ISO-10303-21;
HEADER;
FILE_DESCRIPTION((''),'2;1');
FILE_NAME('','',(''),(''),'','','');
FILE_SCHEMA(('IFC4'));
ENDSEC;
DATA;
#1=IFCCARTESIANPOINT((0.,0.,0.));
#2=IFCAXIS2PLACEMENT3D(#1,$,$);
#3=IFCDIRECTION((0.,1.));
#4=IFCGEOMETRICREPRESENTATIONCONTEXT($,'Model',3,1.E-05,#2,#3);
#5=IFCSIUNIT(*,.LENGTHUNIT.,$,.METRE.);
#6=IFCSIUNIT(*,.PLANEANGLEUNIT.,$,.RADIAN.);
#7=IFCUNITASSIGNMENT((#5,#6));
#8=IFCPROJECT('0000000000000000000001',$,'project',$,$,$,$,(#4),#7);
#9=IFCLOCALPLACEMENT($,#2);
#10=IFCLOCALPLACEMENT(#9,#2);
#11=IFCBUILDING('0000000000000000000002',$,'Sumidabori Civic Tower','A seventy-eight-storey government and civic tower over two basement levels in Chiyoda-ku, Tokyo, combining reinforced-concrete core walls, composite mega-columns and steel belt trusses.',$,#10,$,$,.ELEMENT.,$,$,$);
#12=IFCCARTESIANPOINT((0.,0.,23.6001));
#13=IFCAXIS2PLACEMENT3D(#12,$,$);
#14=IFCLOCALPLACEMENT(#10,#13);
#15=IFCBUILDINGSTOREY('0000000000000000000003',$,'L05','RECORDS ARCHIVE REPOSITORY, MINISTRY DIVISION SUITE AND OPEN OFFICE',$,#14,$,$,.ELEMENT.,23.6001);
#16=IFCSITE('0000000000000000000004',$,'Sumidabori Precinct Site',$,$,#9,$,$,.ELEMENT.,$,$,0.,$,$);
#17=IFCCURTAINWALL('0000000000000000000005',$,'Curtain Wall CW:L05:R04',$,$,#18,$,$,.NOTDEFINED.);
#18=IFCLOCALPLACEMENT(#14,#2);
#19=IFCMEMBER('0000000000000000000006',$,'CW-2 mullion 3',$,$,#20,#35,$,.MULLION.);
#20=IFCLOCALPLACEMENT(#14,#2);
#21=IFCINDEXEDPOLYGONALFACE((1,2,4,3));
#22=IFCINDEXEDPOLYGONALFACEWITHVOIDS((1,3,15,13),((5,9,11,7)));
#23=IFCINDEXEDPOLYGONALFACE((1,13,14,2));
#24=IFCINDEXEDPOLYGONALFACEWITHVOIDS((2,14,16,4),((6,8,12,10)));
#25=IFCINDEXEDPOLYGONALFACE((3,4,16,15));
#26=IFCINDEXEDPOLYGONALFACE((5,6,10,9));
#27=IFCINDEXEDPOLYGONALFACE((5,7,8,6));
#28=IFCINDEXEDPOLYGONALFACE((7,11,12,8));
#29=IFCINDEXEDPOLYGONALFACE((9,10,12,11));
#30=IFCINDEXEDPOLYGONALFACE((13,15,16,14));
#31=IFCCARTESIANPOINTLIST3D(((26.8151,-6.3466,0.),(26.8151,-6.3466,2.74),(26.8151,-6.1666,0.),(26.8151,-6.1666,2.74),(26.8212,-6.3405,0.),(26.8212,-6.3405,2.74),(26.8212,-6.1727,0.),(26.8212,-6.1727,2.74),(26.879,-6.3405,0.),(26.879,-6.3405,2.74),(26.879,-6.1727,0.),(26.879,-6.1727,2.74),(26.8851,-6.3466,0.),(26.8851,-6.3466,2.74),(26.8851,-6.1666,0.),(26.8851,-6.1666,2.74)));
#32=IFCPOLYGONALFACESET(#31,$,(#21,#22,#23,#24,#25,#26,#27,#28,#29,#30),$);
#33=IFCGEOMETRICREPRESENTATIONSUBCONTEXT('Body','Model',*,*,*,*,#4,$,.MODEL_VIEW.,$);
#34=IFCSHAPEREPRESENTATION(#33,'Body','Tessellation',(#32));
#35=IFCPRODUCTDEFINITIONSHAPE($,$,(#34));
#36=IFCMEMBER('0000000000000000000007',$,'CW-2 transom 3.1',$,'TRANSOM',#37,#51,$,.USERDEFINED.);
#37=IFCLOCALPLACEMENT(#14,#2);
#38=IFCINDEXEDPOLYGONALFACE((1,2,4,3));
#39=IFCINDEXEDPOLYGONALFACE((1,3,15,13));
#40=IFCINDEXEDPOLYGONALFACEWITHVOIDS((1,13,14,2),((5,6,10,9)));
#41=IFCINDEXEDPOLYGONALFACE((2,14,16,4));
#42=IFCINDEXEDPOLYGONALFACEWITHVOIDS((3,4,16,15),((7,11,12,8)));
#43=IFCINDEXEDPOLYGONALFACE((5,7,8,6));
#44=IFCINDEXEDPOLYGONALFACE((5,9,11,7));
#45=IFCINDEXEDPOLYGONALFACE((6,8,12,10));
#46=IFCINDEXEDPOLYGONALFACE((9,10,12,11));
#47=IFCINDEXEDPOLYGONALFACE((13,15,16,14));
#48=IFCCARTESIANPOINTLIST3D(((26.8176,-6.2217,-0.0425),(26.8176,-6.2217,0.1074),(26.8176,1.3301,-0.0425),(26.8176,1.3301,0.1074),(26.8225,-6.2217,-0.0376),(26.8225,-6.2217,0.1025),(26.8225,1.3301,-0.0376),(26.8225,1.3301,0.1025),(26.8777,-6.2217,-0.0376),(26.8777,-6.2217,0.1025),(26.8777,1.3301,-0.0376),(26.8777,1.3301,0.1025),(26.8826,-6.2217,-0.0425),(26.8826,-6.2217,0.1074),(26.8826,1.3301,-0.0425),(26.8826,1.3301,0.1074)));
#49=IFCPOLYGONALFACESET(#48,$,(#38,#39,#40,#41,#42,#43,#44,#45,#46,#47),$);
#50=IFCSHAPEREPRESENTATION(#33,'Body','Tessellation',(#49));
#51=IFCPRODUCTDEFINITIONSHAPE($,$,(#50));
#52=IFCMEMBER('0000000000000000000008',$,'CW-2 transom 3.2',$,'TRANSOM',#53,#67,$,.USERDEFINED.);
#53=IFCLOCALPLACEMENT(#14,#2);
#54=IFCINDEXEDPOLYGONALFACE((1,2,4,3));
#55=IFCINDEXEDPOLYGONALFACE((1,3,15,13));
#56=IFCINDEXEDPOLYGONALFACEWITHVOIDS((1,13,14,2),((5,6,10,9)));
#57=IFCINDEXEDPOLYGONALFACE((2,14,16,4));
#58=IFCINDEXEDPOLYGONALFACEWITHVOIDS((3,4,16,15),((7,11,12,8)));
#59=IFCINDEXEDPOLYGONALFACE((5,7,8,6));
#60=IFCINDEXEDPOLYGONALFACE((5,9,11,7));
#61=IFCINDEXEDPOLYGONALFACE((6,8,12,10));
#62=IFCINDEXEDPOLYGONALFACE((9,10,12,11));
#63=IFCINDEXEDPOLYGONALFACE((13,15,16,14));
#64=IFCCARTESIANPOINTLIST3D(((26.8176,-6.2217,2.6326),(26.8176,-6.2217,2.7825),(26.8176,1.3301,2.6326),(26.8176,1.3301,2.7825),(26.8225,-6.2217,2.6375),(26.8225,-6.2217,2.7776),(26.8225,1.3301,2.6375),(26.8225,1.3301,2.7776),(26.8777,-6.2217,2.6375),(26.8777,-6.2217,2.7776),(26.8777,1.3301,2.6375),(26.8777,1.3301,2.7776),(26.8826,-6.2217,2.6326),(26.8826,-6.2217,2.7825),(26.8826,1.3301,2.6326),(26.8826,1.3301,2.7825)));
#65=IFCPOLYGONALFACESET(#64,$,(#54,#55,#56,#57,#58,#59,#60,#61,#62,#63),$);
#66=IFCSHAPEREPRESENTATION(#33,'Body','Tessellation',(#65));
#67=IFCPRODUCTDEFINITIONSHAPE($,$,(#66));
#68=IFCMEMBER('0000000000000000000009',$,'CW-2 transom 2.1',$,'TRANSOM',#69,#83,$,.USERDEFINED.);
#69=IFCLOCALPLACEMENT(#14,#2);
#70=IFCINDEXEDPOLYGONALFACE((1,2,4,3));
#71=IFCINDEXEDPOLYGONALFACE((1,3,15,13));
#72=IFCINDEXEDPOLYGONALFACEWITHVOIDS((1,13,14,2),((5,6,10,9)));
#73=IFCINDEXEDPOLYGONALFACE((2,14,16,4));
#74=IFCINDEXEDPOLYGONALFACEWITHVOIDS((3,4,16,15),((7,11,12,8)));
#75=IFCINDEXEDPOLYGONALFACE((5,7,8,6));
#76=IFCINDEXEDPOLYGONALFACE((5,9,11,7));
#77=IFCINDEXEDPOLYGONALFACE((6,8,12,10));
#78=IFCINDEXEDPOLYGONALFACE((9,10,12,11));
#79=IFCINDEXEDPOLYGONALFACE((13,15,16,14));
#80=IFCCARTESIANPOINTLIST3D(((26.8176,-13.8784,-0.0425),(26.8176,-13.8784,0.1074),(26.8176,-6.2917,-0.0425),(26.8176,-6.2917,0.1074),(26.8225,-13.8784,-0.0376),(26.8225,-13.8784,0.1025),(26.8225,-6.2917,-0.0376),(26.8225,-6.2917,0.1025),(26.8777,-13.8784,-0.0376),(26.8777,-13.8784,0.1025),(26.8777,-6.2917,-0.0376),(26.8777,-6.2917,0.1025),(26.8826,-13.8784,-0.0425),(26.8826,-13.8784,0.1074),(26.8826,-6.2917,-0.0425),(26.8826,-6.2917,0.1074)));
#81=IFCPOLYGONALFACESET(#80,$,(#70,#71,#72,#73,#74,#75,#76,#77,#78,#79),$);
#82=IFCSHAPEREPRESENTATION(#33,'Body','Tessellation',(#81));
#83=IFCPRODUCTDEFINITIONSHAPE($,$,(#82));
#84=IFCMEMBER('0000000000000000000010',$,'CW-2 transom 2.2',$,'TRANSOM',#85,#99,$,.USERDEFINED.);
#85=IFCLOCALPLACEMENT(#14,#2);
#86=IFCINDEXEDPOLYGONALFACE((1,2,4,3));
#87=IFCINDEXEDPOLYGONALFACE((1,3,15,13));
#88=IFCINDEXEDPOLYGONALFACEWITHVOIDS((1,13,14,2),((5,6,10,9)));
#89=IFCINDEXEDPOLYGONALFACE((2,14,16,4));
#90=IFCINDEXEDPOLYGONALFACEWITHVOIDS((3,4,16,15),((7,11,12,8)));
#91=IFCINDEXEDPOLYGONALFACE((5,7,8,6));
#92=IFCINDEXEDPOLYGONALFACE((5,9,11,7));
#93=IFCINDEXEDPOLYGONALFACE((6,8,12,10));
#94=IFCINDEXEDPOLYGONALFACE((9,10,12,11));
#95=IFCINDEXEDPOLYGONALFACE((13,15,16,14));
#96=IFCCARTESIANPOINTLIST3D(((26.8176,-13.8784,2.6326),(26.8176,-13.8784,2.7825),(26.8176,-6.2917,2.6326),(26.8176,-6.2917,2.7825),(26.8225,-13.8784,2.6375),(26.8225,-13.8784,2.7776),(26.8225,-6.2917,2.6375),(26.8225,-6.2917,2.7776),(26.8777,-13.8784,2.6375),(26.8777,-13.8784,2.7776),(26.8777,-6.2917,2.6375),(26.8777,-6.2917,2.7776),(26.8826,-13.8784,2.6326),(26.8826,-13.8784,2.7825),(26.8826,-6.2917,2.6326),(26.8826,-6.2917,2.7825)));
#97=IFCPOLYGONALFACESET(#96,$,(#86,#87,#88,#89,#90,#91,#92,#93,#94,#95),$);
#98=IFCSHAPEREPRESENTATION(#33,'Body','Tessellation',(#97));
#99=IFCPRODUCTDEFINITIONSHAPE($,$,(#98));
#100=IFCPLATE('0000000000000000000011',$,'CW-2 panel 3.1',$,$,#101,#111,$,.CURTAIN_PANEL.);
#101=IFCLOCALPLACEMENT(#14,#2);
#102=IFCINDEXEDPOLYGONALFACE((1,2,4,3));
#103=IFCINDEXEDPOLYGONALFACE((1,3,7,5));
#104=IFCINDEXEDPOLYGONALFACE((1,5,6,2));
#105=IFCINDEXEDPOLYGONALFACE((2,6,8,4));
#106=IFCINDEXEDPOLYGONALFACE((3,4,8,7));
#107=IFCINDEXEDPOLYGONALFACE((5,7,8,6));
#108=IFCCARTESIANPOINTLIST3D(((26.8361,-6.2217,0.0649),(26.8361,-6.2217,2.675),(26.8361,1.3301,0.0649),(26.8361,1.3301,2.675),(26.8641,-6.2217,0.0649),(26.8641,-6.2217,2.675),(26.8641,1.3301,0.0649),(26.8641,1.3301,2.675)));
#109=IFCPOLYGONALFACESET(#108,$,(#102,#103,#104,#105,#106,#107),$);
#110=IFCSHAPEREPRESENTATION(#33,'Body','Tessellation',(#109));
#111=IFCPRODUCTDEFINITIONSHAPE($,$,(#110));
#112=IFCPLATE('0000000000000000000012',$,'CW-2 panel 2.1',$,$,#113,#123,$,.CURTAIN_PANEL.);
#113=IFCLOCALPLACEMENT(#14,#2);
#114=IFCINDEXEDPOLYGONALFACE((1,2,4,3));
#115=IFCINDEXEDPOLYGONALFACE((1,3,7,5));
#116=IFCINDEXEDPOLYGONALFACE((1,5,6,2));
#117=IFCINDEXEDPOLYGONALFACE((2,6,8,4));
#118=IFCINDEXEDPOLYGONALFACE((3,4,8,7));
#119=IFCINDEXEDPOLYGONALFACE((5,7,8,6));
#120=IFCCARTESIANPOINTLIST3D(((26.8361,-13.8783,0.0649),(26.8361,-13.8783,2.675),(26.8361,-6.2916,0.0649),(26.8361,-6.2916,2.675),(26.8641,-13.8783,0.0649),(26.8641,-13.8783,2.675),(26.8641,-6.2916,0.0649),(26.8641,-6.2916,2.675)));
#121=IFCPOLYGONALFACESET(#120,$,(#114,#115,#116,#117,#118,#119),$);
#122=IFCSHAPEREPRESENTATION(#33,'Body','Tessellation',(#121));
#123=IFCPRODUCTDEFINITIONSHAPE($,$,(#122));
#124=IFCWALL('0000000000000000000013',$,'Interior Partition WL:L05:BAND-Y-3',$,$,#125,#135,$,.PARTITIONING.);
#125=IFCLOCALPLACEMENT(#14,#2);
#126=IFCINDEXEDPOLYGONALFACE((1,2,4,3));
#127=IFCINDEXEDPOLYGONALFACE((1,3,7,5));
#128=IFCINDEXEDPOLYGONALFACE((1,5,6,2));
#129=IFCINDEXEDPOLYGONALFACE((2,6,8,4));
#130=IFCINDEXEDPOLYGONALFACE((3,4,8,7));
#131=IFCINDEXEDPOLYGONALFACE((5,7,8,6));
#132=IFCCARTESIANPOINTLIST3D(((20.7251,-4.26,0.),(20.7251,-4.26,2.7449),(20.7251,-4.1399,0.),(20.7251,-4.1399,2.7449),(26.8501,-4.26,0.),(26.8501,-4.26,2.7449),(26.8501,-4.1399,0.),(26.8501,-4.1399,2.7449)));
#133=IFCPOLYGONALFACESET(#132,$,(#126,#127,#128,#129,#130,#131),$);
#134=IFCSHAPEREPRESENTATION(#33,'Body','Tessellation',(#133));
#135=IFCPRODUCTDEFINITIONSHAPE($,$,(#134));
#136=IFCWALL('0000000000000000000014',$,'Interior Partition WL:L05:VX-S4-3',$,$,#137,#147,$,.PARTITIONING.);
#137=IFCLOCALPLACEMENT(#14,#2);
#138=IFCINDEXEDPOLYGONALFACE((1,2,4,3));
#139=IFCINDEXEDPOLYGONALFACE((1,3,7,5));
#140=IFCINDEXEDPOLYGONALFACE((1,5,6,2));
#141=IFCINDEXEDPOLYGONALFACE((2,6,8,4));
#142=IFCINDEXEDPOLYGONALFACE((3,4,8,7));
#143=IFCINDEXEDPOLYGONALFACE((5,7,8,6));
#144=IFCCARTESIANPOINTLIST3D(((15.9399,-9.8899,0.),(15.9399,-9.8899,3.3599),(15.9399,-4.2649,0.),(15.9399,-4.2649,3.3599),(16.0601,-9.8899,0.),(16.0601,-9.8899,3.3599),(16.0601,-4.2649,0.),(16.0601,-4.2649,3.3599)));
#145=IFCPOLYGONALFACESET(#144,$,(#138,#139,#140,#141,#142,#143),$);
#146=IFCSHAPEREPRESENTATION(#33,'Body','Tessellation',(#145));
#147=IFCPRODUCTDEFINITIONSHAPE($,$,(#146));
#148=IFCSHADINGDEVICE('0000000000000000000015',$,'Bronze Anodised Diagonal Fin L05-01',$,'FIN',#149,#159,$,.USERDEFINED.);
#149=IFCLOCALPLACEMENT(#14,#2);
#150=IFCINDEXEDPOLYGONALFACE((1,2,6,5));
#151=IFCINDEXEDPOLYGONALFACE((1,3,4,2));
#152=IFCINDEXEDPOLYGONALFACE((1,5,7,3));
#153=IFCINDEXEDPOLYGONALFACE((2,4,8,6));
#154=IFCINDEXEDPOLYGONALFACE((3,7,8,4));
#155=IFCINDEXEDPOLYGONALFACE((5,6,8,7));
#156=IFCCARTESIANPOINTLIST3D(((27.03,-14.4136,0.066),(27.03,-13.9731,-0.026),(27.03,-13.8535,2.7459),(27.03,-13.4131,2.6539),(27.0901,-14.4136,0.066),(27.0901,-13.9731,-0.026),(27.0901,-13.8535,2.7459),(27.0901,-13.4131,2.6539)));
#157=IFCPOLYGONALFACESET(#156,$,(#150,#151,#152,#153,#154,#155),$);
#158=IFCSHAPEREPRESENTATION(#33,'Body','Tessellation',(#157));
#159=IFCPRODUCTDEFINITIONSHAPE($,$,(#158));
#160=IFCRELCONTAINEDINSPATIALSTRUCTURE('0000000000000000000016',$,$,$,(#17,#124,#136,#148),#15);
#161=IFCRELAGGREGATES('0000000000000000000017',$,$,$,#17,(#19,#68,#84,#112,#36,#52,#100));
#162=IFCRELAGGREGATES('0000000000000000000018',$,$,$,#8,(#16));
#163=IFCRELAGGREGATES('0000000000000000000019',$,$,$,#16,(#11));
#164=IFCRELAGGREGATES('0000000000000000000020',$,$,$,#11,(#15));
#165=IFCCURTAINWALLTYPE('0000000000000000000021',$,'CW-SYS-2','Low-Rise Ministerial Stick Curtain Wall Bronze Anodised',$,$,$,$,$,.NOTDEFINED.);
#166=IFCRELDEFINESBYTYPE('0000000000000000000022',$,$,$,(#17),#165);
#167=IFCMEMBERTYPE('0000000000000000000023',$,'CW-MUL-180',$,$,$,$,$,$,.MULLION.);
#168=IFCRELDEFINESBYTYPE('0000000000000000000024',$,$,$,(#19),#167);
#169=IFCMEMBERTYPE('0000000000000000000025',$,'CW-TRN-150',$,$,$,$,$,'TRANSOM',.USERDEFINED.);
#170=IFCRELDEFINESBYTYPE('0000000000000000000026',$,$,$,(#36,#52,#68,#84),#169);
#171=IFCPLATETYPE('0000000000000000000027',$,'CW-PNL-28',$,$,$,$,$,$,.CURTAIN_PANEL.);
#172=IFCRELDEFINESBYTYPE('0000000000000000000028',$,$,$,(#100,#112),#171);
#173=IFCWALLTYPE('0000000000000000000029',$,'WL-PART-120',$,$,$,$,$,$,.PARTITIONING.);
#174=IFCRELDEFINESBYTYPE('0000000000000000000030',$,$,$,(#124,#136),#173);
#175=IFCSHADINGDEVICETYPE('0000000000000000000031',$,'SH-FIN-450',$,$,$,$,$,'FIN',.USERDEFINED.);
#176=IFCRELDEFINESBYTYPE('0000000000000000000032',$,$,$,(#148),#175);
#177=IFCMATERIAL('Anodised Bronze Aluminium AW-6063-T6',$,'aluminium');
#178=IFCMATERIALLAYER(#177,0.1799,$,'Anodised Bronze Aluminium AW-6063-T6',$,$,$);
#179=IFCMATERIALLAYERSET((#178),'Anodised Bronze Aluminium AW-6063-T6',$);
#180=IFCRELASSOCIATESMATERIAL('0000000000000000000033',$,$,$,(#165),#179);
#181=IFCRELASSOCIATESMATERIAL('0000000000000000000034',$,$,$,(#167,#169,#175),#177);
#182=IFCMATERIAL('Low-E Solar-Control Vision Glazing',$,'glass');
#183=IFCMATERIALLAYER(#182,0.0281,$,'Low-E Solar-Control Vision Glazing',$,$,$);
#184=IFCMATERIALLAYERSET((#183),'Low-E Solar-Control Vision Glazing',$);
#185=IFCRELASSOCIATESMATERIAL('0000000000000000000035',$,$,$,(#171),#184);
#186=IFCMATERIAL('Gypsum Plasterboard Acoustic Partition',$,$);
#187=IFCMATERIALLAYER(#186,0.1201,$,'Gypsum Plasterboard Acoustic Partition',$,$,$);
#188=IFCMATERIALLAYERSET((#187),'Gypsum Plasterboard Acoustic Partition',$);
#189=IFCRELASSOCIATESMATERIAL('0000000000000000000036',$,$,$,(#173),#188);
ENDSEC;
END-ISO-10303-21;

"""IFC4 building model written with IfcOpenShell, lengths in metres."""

from ifc_helpers import new_model, si_unit, direction, frame, frame_2d, origin, origin_2d, place, context, subcontext, project, spatial, rectangle, hollow_rectangle, extrude, source, transform, mapped, material, layer, layer_set, material_profile, profile_set, type_object, element, aggregate, save


model = new_model("IFC4")

# Units and contexts
model_context = context("Model", 3, precision=1e-05, world=origin(), true_north=direction((0.0, 1.0)))
body_context = subcontext(model_context, "Body", "Model", "MODEL_VIEW")
ifc_project = project(units=[si_unit("LENGTHUNIT", "METRE"), si_unit("PLANEANGLEUNIT", "RADIAN")], contexts=[model_context])

# Site, building, storey
site_placement = place(None, origin())
site = spatial("IfcSite", under=ifc_project, at=site_placement, Name="Sumidabori Precinct Site", CompositionType="ELEMENT", RefElevation=0.0)
building_placement = place(site_placement, origin())
building = spatial("IfcBuilding", under=site, at=building_placement, Name="Sumidabori Civic Tower", Description="A seventy-eight-storey government and civic tower over two basement levels in Chiyoda-ku, Tokyo, combining reinforced-concrete core walls, composite mega-columns and steel belt trusses.", CompositionType="ELEMENT")
storey_placement = place(building_placement, frame((0.0, 0.0, 23.6001)))
storey = spatial("IfcBuildingStorey", under=building, at=storey_placement, Name="L05", Description="RECORDS ARCHIVE REPOSITORY, MINISTRY DIVISION SUITE AND OPEN OFFICE", CompositionType="ELEMENT", Elevation=23.6001)

# Curtain wall, members, plates
ifc_material_1 = material(Name="Anodised Bronze Aluminium AW-6063-T6", Category="aluminium")
ifc_layer_1 = layer(ifc_material_1, 0.1799, Name="Anodised Bronze Aluminium AW-6063-T6")
ifc_layer_set_1 = layer_set([ifc_layer_1], Name="Anodised Bronze Aluminium AW-6063-T6")
curtain_wall_type = type_object("IfcCurtainWallType", Name="CW-SYS-2", Description="Low-Rise Ministerial Stick Curtain Wall Bronze Anodised", PredefinedType="NOTDEFINED", material=ifc_layer_set_1)
curtain_wall_placement = place(storey_placement, origin())
curtain_wall = element("IfcCurtainWall", 1, at=curtain_wall_placement, inside=storey, type_object=curtain_wall_type, Name="Curtain Wall CW:L05:R04", PredefinedType="NOTDEFINED")
ifc_material_profile_1 = material_profile(ifc_material_1, hollow_rectangle(XDim=0.0701, YDim=0.1799, WallThickness=0.0061, at=origin_2d()), Name="ALU MULLION 180x70")
ifc_profile_set_1 = profile_set([ifc_material_profile_1], Name="Anodised Bronze Aluminium AW-6063-T6")
member_type_1 = type_object("IfcMemberType", Name="CW-MUL-180", PredefinedType="MULLION", material=ifc_profile_set_1)
shared_shape_1 = source(origin(), body_context, "Body", "SweptSolid", [
    extrude(hollow_rectangle(XDim=0.0701, YDim=0.1799, WallThickness=0.0061, at=origin_2d()), origin(), (0.0, 0.0, 1.0), 2.74),
])
member_1_placement = place(storey_placement, frame((26.8501, -6.2566, 0.0), z_axis=(0.0, 0.0, 1.0), x_axis=(-1.0, 0.0, 0.0)))
member_1 = element("IfcMember", 2, at=member_1_placement, type_object=member_type_1, Name="CW-2 mullion 3", PredefinedType="MULLION", context=body_context, shape_type="MappedRepresentation", body=[
    mapped(shared_shape_1, transform((0.0, 0.0, 0.0), x_axis=(1.0, 0.0, 0.0), y_axis=(0.0, 1.0, 0.0), z_axis=(0.0, 0.0, 1.0), scale=1.0)),
])
ifc_material_profile_2 = material_profile(ifc_material_1, hollow_rectangle(XDim=0.0649, YDim=0.1499, WallThickness=0.0049, at=origin_2d()), Name="ALU TRANSOM 150x65")
ifc_profile_set_2 = profile_set([ifc_material_profile_2], Name="Anodised Bronze Aluminium AW-6063-T6")
member_type_2 = type_object("IfcMemberType", Name="CW-TRN-150", ElementType="TRANSOM", PredefinedType="USERDEFINED", material=ifc_profile_set_2)
shared_shape_2 = source(origin(), body_context, "Body", "SweptSolid", [
    extrude(hollow_rectangle(XDim=0.0649, YDim=0.1499, WallThickness=0.0049, at=origin_2d()), origin(), (0.0, 0.0, 1.0), 7.5518),
])
member_2_placement = place(storey_placement, frame((26.8501, -6.2217, 0.0325), z_axis=(0.0, 1.0, 0.0), x_axis=(-1.0, 0.0, 0.0)))
member_2 = element("IfcMember", 3, at=member_2_placement, type_object=member_type_2, Name="CW-2 transom 3.1", ObjectType="TRANSOM", PredefinedType="USERDEFINED", context=body_context, shape_type="MappedRepresentation", body=[
    mapped(shared_shape_2, transform((0.0, 0.0, 0.0), x_axis=(1.0, 0.0, 0.0), y_axis=(0.0, 1.0, 0.0), z_axis=(0.0, 0.0, 1.0), scale=1.0)),
])
member_3_placement = place(storey_placement, frame((26.8501, -6.2217, 2.7075), z_axis=(0.0, 1.0, 0.0), x_axis=(-1.0, 0.0, 0.0)))
member_3 = element("IfcMember", 4, at=member_3_placement, type_object=member_type_2, Name="CW-2 transom 3.2", ObjectType="TRANSOM", PredefinedType="USERDEFINED", context=body_context, shape_type="MappedRepresentation", body=[
    mapped(shared_shape_2, transform((0.0, 0.0, 0.0), x_axis=(1.0, 0.0, 0.0), y_axis=(0.0, 1.0, 0.0), z_axis=(0.0, 0.0, 1.0), scale=1.0)),
])
shared_shape_3 = source(origin(), body_context, "Body", "SweptSolid", [
    extrude(hollow_rectangle(XDim=0.0649, YDim=0.1499, WallThickness=0.0049, at=origin_2d()), origin(), (0.0, 0.0, 1.0), 7.5867),
])
member_4_placement = place(storey_placement, frame((26.8501, -13.8784, 0.0325), z_axis=(0.0, 1.0, 0.0), x_axis=(-1.0, 0.0, 0.0)))
member_4 = element("IfcMember", 5, at=member_4_placement, type_object=member_type_2, Name="CW-2 transom 2.1", ObjectType="TRANSOM", PredefinedType="USERDEFINED", context=body_context, shape_type="MappedRepresentation", body=[
    mapped(shared_shape_3, transform((0.0, 0.0, 0.0), x_axis=(1.0, 0.0, 0.0), y_axis=(0.0, 1.0, 0.0), z_axis=(0.0, 0.0, 1.0), scale=1.0)),
])
member_5_placement = place(storey_placement, frame((26.8501, -13.8784, 2.7075), z_axis=(0.0, 1.0, 0.0), x_axis=(-1.0, 0.0, 0.0)))
member_5 = element("IfcMember", 6, at=member_5_placement, type_object=member_type_2, Name="CW-2 transom 2.2", ObjectType="TRANSOM", PredefinedType="USERDEFINED", context=body_context, shape_type="MappedRepresentation", body=[
    mapped(shared_shape_3, transform((0.0, 0.0, 0.0), x_axis=(1.0, 0.0, 0.0), y_axis=(0.0, 1.0, 0.0), z_axis=(0.0, 0.0, 1.0), scale=1.0)),
])
ifc_material_2 = material(Name="Low-E Solar-Control Vision Glazing", Category="glass")
ifc_layer_2 = layer(ifc_material_2, 0.0281, Name="Low-E Solar-Control Vision Glazing")
ifc_layer_set_2 = layer_set([ifc_layer_2], Name="Low-E Solar-Control Vision Glazing")
plate_type = type_object("IfcPlateType", Name="CW-PNL-28", PredefinedType="CURTAIN_PANEL", material=ifc_layer_set_2)
shared_shape_4 = source(origin(), body_context, "Body", "SweptSolid", [
    extrude(rectangle(XDim=7.5518, YDim=0.0281, at=origin_2d()), origin(), (0.0, 0.0, 1.0), 2.6101),
])
plate_1_placement = place(storey_placement, frame((26.8501, -2.4458, 0.0649), z_axis=(0.0, 0.0, 1.0), x_axis=(0.0, 1.0, 0.0)))
plate_1 = element("IfcPlate", 7, at=plate_1_placement, type_object=plate_type, Name="CW-2 panel 3.1", PredefinedType="CURTAIN_PANEL", context=body_context, shape_type="MappedRepresentation", body=[
    mapped(shared_shape_4, transform((0.0, 0.0, 0.0), x_axis=(1.0, 0.0, 0.0), y_axis=(0.0, 1.0, 0.0), z_axis=(0.0, 0.0, 1.0), scale=1.0)),
])
shared_shape_5 = source(origin(), body_context, "Body", "SweptSolid", [
    extrude(rectangle(XDim=7.5867, YDim=0.0281, at=origin_2d()), origin(), (0.0, 0.0, 1.0), 2.6101),
])
plate_2_placement = place(storey_placement, frame((26.8501, -10.085, 0.0649), z_axis=(0.0, 0.0, 1.0), x_axis=(0.0, 1.0, 0.0)))
plate_2 = element("IfcPlate", 8, at=plate_2_placement, type_object=plate_type, Name="CW-2 panel 2.1", PredefinedType="CURTAIN_PANEL", context=body_context, shape_type="MappedRepresentation", body=[
    mapped(shared_shape_5, transform((0.0, 0.0, 0.0), x_axis=(1.0, 0.0, 0.0), y_axis=(0.0, 1.0, 0.0), z_axis=(0.0, 0.0, 1.0), scale=1.0)),
])
aggregate(curtain_wall, [member_1, member_4, member_5, plate_2, member_2, member_3, plate_1])

# Walls
ifc_material_3 = material(Name="Gypsum Plasterboard Acoustic Partition")
ifc_layer_3 = layer(ifc_material_3, 0.1201, Name="Gypsum Plasterboard Acoustic Partition")
ifc_layer_set_3 = layer_set([ifc_layer_3], Name="Gypsum Plasterboard Acoustic Partition")
wall_type = type_object("IfcWallType", Name="WL-PART-120", PredefinedType="PARTITIONING", material=ifc_layer_set_3)
shared_shape_6 = source(origin(), body_context, "Body", "SweptSolid", [
    extrude(rectangle(XDim=6.125, YDim=0.1201, at=frame_2d((3.0625, 0.0))), origin(), (0.0, 0.0, 1.0), 2.7449),
])
wall_1_placement = place(storey_placement, frame((20.7251, -4.2, 0.0), z_axis=(0.0, 0.0, 1.0), x_axis=(1.0, 0.0, 0.0)))
element("IfcWall", 9, at=wall_1_placement, inside=storey, type_object=wall_type, Name="Interior Partition WL:L05:BAND-Y-3", PredefinedType="PARTITIONING", context=body_context, shape_type="MappedRepresentation", body=[
    mapped(shared_shape_6, transform((0.0, 0.0, 0.0), x_axis=(1.0, 0.0, 0.0), y_axis=(0.0, 1.0, 0.0), z_axis=(0.0, 0.0, 1.0), scale=1.0)),
])
shared_shape_7 = source(origin(), body_context, "Body", "SweptSolid", [
    extrude(rectangle(XDim=5.625, YDim=0.1201, at=frame_2d((2.8125, 0.0))), origin(), (0.0, 0.0, 1.0), 3.3599),
])
wall_2_placement = place(storey_placement, frame((16.0, -9.8899, 0.0), z_axis=(0.0, 0.0, 1.0), x_axis=(0.0, 1.0, 0.0)))
element("IfcWall", 10, at=wall_2_placement, inside=storey, type_object=wall_type, Name="Interior Partition WL:L05:VX-S4-3", PredefinedType="PARTITIONING", context=body_context, shape_type="MappedRepresentation", body=[
    mapped(shared_shape_7, transform((0.0, 0.0, 0.0), x_axis=(1.0, 0.0, 0.0), y_axis=(0.0, 1.0, 0.0), z_axis=(0.0, 0.0, 1.0), scale=1.0)),
])

# Shading device
ifc_material_profile_3 = material_profile(ifc_material_1, rectangle(XDim=0.0601, YDim=0.45, at=origin_2d()), Name="BRONZE FIN 450x60")
ifc_profile_set_3 = profile_set([ifc_material_profile_3], Name="Anodised Bronze Aluminium AW-6063-T6")
shading_device_type = type_object("IfcShadingDeviceType", Name="SH-FIN-450", ElementType="FIN", PredefinedType="USERDEFINED", material=ifc_profile_set_3)
shared_shape_8 = source(origin(), body_context, "Body", "SweptSolid", [
    extrude(rectangle(XDim=0.0601, YDim=0.45, at=origin_2d()), origin(), (0.0, 0.0, 1.0), 2.7378),
])
shading_device_placement = place(storey_placement, frame((27.0601, -14.1934, 0.02), z_axis=(0.0, 0.204563, 0.978853), x_axis=(-1.0, 0.0, 0.0)))
element("IfcShadingDevice", 11, at=shading_device_placement, inside=storey, type_object=shading_device_type, Name="Bronze Anodised Diagonal Fin L05-01", ObjectType="FIN", PredefinedType="USERDEFINED", context=body_context, shape_type="MappedRepresentation", body=[
    mapped(shared_shape_8, transform((0.0, 0.0, 0.0), x_axis=(1.0, 0.0, 0.0), y_axis=(0.0, 1.0, 0.0), z_axis=(0.0, 0.0, 1.0), scale=1.0)),
])

save(model, "model.ifc")
